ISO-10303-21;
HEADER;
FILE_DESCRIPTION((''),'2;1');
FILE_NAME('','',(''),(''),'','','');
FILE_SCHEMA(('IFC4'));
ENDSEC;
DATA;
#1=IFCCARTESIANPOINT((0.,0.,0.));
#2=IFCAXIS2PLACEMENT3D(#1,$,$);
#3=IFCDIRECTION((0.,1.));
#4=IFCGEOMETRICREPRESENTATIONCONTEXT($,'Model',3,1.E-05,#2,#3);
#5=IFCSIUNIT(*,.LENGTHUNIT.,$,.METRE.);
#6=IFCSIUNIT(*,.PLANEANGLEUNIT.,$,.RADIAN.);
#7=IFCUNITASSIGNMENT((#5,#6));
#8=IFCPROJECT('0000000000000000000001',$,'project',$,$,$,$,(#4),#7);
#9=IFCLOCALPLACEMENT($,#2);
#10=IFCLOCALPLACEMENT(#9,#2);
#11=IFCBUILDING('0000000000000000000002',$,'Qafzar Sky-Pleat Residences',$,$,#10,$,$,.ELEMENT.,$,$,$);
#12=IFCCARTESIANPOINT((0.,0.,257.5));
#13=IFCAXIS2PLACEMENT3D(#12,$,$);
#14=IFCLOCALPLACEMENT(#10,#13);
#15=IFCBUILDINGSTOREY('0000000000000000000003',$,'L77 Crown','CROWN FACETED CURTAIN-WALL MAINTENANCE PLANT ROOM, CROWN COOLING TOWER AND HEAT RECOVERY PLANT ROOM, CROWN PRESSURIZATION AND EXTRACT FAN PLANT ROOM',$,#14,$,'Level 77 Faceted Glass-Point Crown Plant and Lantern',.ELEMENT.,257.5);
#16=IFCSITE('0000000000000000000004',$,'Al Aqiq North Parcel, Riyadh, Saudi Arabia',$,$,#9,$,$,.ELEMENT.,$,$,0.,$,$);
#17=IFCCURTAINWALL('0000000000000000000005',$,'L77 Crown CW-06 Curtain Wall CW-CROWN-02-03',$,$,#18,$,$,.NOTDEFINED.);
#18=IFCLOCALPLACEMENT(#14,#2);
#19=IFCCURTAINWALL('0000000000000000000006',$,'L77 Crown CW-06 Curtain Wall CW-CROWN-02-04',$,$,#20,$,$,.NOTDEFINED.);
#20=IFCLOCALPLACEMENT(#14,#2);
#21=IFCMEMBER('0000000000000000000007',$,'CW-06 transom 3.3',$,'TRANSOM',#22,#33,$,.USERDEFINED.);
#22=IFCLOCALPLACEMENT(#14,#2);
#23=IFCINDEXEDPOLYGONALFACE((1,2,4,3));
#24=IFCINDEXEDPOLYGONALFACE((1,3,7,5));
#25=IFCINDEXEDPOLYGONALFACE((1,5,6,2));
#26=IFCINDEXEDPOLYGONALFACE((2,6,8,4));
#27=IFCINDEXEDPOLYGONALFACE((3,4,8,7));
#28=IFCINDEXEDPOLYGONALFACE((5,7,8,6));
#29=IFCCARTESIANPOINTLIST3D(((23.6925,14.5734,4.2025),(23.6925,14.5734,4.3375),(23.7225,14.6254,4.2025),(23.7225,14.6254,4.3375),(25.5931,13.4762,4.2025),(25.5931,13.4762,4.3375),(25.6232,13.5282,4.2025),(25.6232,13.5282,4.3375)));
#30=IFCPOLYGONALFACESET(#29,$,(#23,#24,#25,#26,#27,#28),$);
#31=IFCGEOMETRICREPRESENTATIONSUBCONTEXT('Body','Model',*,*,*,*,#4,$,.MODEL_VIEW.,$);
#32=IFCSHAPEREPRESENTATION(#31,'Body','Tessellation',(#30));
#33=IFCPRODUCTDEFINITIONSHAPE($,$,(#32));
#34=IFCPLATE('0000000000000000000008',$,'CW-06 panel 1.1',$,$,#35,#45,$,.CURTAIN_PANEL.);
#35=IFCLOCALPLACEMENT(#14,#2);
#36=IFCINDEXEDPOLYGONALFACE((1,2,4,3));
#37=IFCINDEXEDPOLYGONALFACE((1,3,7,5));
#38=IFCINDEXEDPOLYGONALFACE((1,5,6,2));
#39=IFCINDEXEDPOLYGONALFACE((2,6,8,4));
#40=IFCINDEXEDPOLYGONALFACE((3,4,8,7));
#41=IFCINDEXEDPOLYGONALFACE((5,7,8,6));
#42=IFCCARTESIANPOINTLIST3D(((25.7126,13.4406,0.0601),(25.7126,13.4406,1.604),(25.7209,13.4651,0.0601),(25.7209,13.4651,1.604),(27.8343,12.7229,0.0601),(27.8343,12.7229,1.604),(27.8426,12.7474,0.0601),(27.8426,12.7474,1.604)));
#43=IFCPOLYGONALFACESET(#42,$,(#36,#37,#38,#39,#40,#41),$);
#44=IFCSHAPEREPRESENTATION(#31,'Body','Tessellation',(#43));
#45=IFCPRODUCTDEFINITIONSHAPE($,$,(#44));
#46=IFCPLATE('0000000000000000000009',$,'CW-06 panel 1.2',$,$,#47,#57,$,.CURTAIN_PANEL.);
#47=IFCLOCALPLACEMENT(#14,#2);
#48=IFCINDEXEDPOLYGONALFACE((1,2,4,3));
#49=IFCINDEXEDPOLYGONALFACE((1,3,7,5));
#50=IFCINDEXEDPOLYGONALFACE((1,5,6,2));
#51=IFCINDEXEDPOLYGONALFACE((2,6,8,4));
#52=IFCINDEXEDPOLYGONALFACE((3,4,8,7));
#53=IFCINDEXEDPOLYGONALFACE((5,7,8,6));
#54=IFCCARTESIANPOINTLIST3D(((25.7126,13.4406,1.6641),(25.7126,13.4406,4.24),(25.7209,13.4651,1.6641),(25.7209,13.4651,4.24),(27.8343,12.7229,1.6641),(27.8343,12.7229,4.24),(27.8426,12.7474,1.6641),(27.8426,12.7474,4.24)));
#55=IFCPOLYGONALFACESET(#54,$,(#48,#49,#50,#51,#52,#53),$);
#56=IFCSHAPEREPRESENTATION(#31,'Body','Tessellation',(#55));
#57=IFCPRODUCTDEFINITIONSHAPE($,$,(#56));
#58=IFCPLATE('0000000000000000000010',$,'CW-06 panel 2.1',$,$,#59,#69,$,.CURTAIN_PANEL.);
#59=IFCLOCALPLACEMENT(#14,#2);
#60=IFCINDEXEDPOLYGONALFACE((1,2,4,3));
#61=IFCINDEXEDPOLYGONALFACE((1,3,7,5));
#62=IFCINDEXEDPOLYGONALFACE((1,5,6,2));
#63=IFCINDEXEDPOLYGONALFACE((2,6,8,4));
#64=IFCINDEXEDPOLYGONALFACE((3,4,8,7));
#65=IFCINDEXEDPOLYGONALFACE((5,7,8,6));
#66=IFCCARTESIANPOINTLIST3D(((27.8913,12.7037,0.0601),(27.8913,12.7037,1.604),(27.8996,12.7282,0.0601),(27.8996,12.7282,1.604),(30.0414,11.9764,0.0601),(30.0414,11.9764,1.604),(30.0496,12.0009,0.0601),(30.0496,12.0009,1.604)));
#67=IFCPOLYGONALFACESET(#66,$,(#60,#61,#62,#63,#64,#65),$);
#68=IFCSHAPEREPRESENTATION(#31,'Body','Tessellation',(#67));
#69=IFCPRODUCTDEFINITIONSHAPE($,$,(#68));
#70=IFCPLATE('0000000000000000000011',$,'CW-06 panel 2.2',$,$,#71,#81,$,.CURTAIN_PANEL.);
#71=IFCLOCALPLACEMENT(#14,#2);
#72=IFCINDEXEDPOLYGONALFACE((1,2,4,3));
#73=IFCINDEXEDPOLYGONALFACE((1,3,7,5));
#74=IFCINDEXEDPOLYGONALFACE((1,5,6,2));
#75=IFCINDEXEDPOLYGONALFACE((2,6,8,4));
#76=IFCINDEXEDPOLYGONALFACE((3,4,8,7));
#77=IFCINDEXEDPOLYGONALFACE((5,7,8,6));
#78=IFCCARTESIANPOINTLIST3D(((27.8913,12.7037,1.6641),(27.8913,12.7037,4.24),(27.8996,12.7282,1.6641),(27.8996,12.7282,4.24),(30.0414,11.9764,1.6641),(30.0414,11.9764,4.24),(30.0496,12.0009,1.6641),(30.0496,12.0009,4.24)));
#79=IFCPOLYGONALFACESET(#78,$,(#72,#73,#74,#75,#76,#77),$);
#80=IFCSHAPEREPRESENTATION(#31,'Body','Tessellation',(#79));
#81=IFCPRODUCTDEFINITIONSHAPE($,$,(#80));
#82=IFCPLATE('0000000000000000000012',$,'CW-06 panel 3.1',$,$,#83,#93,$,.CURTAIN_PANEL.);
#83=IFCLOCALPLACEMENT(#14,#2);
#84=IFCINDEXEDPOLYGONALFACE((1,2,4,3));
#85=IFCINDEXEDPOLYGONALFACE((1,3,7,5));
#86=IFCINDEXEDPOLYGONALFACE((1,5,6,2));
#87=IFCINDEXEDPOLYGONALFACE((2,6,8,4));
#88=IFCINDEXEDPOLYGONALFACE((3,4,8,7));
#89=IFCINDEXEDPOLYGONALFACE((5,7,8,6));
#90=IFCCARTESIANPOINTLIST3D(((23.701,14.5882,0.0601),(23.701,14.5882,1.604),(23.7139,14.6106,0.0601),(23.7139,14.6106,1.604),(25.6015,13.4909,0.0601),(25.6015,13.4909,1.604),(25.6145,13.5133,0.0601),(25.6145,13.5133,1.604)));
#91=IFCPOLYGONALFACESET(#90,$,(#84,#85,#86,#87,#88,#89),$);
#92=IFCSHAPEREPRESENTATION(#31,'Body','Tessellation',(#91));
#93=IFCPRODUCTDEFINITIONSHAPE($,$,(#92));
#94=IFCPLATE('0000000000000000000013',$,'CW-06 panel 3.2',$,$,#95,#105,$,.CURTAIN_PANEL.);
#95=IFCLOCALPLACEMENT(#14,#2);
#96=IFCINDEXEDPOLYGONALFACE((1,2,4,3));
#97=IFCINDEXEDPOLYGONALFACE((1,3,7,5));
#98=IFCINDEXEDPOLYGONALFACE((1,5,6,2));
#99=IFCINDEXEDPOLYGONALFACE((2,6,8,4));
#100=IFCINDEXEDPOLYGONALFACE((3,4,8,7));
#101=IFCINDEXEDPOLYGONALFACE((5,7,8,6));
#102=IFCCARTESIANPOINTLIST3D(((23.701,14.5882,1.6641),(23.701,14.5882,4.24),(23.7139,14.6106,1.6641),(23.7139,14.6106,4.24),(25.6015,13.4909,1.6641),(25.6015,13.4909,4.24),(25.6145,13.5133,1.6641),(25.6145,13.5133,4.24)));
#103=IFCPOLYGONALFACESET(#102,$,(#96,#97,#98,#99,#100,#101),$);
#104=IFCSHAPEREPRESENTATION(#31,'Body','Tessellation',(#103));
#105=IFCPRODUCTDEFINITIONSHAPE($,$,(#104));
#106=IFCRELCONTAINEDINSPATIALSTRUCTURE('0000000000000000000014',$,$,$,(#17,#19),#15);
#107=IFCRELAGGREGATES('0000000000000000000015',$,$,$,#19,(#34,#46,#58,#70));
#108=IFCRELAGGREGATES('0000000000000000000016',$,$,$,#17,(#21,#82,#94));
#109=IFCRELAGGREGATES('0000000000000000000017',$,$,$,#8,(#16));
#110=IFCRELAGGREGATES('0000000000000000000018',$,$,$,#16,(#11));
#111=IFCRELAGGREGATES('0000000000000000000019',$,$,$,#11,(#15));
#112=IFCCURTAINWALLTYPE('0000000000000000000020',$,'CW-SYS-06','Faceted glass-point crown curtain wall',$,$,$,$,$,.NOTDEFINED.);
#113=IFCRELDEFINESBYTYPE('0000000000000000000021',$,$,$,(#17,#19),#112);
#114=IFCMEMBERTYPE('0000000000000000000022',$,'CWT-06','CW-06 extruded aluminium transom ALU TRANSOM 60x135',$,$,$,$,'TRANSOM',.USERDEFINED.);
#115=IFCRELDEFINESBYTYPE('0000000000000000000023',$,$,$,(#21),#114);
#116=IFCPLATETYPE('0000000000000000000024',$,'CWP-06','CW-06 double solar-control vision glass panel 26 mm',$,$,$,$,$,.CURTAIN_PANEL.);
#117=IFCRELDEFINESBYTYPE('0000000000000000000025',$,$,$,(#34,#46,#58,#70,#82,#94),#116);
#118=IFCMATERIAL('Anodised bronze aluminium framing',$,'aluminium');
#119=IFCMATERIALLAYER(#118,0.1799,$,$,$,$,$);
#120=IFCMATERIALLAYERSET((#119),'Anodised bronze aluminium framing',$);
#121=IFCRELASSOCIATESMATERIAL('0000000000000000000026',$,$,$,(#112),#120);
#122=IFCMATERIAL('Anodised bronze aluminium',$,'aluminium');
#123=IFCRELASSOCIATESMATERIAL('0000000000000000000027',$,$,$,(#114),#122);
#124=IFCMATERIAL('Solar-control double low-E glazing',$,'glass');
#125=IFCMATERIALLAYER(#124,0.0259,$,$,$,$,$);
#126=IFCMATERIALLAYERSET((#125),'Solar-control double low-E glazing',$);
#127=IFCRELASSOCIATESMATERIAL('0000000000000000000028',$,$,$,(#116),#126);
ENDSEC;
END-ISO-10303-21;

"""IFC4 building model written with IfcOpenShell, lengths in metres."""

from ifc_helpers import new_model, si_unit, direction, frame, origin, origin_2d, place, context, subcontext, project, spatial, rectangle, extrude, source, transform, mapped, material, layer, layer_set, material_profile, profile_set, type_object, element, aggregate, save


model = new_model("IFC4")

# Units and contexts
model_context = context("Model", 3, precision=1e-05, world=origin(), true_north=direction((0.0, 1.0)))
body_context = subcontext(model_context, "Body", "Model", "MODEL_VIEW")
ifc_project = project(units=[si_unit("LENGTHUNIT", "METRE"), si_unit("PLANEANGLEUNIT", "RADIAN")], contexts=[model_context])

# Site, building, storey
site_placement = place(None, origin())
site = spatial("IfcSite", under=ifc_project, at=site_placement, Name="Al Aqiq North Parcel, Riyadh, Saudi Arabia", CompositionType="ELEMENT", RefElevation=0.0)
building_placement = place(site_placement, origin())
building = spatial("IfcBuilding", under=site, at=building_placement, Name="Qafzar Sky-Pleat Residences", CompositionType="ELEMENT")
storey_placement = place(building_placement, frame((0.0, 0.0, 257.5)))
storey = spatial("IfcBuildingStorey", under=building, at=storey_placement, Name="L77 Crown", Description="CROWN FACETED CURTAIN-WALL MAINTENANCE PLANT ROOM, CROWN COOLING TOWER AND HEAT RECOVERY PLANT ROOM, CROWN PRESSURIZATION AND EXTRACT FAN PLANT ROOM", LongName="Level 77 Faceted Glass-Point Crown Plant and Lantern", CompositionType="ELEMENT", Elevation=257.5)

# Curtain walls
ifc_material_1 = material(Name="Anodised bronze aluminium framing", Category="aluminium")
ifc_layer_1 = layer(ifc_material_1, 0.1799)
ifc_layer_set_1 = layer_set([ifc_layer_1], Name="Anodised bronze aluminium framing")
curtain_wall_type = type_object("IfcCurtainWallType", Name="CW-SYS-06", Description="Faceted glass-point crown curtain wall", PredefinedType="NOTDEFINED", material=ifc_layer_set_1)
curtain_wall_1_placement = place(storey_placement, origin())
curtain_wall_1 = element("IfcCurtainWall", 1, at=curtain_wall_1_placement, inside=storey, type_object=curtain_wall_type, Name="L77 Crown CW-06 Curtain Wall CW-CROWN-02-03", PredefinedType="NOTDEFINED")
ifc_material_2 = material(Name="Anodised bronze aluminium", Category="aluminium")
curtain_wall_2_placement = place(storey_placement, origin())
curtain_wall_2 = element("IfcCurtainWall", 2, at=curtain_wall_2_placement, inside=storey, type_object=curtain_wall_type, Name="L77 Crown CW-06 Curtain Wall CW-CROWN-02-04", PredefinedType="NOTDEFINED")
ifc_material_profile_1 = material_profile(ifc_material_2, rectangle(XDim=0.0601, YDim=0.135, at=origin_2d()), Name="ALU TRANSOM 60x135")
ifc_profile_set_1 = profile_set([ifc_material_profile_1], Name="Anodised bronze aluminium")
member_type_1 = type_object("IfcMemberType", Name="CWT-06", Description="CW-06 extruded aluminium transom ALU TRANSOM 60x135", ElementType="TRANSOM", PredefinedType="USERDEFINED", material=ifc_profile_set_1)

# Member
shared_shape_1 = source(origin(), body_context, "Body", "SweptSolid", [
    extrude(rectangle(XDim=0.0601, YDim=0.135, at=origin_2d()), origin(), (0.0, 0.0, 1.0), 2.1946),
])
member_1_placement = place(storey_placement, frame((23.7075, 14.5994, 4.27), z_axis=(0.866058, -0.499944, 0.0), x_axis=(0.499944, 0.866058, 0.0)))
member_1 = element("IfcMember", 3, at=member_1_placement, type_object=member_type_1, Name="CW-06 transom 3.3", ObjectType="TRANSOM", PredefinedType="USERDEFINED", context=body_context, shape_type="MappedRepresentation", body=[
    mapped(shared_shape_1, transform((0.0, 0.0, 0.0), x_axis=(1.0, 0.0, 0.0), y_axis=(0.0, 1.0, 0.0), z_axis=(0.0, 0.0, 1.0), scale=1.0)),
])

# Plates
ifc_material_3 = material(Name="Solar-control double low-E glazing", Category="glass")
ifc_layer_2 = layer(ifc_material_3, 0.0259)
ifc_layer_set_2 = layer_set([ifc_layer_2], Name="Solar-control double low-E glazing")
plate_type = type_object("IfcPlateType", Name="CWP-06", Description="CW-06 double solar-control vision glass panel 26 mm", PredefinedType="CURTAIN_PANEL", material=ifc_layer_set_2)
shared_shape_2 = source(origin(), body_context, "Body", "SweptSolid", [
    extrude(rectangle(XDim=2.2397, YDim=0.0259, at=origin_2d()), origin(), (0.0, 0.0, 1.0), 1.5439),
])
plate_1_placement = place(storey_placement, frame((26.7776, 13.094, 0.0601), z_axis=(0.0, 0.0, 1.0), x_axis=(0.947266, -0.320448, 0.0)))
plate_1 = element("IfcPlate", 4, at=plate_1_placement, type_object=plate_type, Name="CW-06 panel 1.1", PredefinedType="CURTAIN_PANEL", context=body_context, shape_type="MappedRepresentation", body=[
    mapped(shared_shape_2, transform((0.0, 0.0, 0.0), x_axis=(1.0, 0.0, 0.0), y_axis=(0.0, 1.0, 0.0), z_axis=(0.0, 0.0, 1.0), scale=1.0)),
])
shared_shape_3 = source(origin(), body_context, "Body", "SweptSolid", [
    extrude(rectangle(XDim=2.2397, YDim=0.0259, at=origin_2d()), origin(), (0.0, 0.0, 1.0), 2.5759),
])
plate_2_placement = place(storey_placement, frame((26.7776, 13.094, 1.6641), z_axis=(0.0, 0.0, 1.0), x_axis=(0.947266, -0.320448, 0.0)))
plate_2 = element("IfcPlate", 5, at=plate_2_placement, type_object=plate_type, Name="CW-06 panel 1.2", PredefinedType="CURTAIN_PANEL", context=body_context, shape_type="MappedRepresentation", body=[
    mapped(shared_shape_3, transform((0.0, 0.0, 0.0), x_axis=(1.0, 0.0, 0.0), y_axis=(0.0, 1.0, 0.0), z_axis=(0.0, 0.0, 1.0), scale=1.0)),
])
shared_shape_4 = source(origin(), body_context, "Body", "SweptSolid", [
    extrude(rectangle(XDim=2.2698, YDim=0.0259, at=origin_2d()), origin(), (0.0, 0.0, 1.0), 1.5439),
])
plate_3_placement = place(storey_placement, frame((28.9705, 12.3523, 0.0601), z_axis=(0.0, 0.0, 1.0), x_axis=(0.947266, -0.320448, 0.0)))
plate_3 = element("IfcPlate", 6, at=plate_3_placement, type_object=plate_type, Name="CW-06 panel 2.1", PredefinedType="CURTAIN_PANEL", context=body_context, shape_type="MappedRepresentation", body=[
    mapped(shared_shape_4, transform((0.0, 0.0, 0.0), x_axis=(1.0, 0.0, 0.0), y_axis=(0.0, 1.0, 0.0), z_axis=(0.0, 0.0, 1.0), scale=1.0)),
])
shared_shape_5 = source(origin(), body_context, "Body", "SweptSolid", [
    extrude(rectangle(XDim=2.2698, YDim=0.0259, at=origin_2d()), origin(), (0.0, 0.0, 1.0), 2.5759),
])
plate_4_placement = place(storey_placement, frame((28.9705, 12.3523, 1.6641), z_axis=(0.0, 0.0, 1.0), x_axis=(0.947266, -0.320448, 0.0)))
plate_4 = element("IfcPlate", 7, at=plate_4_placement, type_object=plate_type, Name="CW-06 panel 2.2", PredefinedType="CURTAIN_PANEL", context=body_context, shape_type="MappedRepresentation", body=[
    mapped(shared_shape_5, transform((0.0, 0.0, 0.0), x_axis=(1.0, 0.0, 0.0), y_axis=(0.0, 1.0, 0.0), z_axis=(0.0, 0.0, 1.0), scale=1.0)),
])
aggregate(curtain_wall_2, [plate_1, plate_2, plate_3, plate_4])
shared_shape_6 = source(origin(), body_context, "Body", "SweptSolid", [
    extrude(rectangle(XDim=2.1946, YDim=0.0259, at=origin_2d()), origin(), (0.0, 0.0, 1.0), 1.5439),
])
plate_5_placement = place(storey_placement, frame((24.6577, 14.0508, 0.0601), z_axis=(0.0, 0.0, 1.0), x_axis=(0.866026, -0.499999, 0.0)))
plate_5 = element("IfcPlate", 8, at=plate_5_placement, type_object=plate_type, Name="CW-06 panel 3.1", PredefinedType="CURTAIN_PANEL", context=body_context, shape_type="MappedRepresentation", body=[
    mapped(shared_shape_6, transform((0.0, 0.0, 0.0), x_axis=(1.0, 0.0, 0.0), y_axis=(0.0, 1.0, 0.0), z_axis=(0.0, 0.0, 1.0), scale=1.0)),
])
shared_shape_7 = source(origin(), body_context, "Body", "SweptSolid", [
    extrude(rectangle(XDim=2.1946, YDim=0.0259, at=origin_2d()), origin(), (0.0, 0.0, 1.0), 2.5759),
])
plate_6_placement = place(storey_placement, frame((24.6577, 14.0508, 1.6641), z_axis=(0.0, 0.0, 1.0), x_axis=(0.866026, -0.499999, 0.0)))
plate_6 = element("IfcPlate", 9, at=plate_6_placement, type_object=plate_type, Name="CW-06 panel 3.2", PredefinedType="CURTAIN_PANEL", context=body_context, shape_type="MappedRepresentation", body=[
    mapped(shared_shape_7, transform((0.0, 0.0, 0.0), x_axis=(1.0, 0.0, 0.0), y_axis=(0.0, 1.0, 0.0), z_axis=(0.0, 0.0, 1.0), scale=1.0)),
])
aggregate(curtain_wall_1, [member_1, plate_5, plate_6])

save(model, "model.ifc")
